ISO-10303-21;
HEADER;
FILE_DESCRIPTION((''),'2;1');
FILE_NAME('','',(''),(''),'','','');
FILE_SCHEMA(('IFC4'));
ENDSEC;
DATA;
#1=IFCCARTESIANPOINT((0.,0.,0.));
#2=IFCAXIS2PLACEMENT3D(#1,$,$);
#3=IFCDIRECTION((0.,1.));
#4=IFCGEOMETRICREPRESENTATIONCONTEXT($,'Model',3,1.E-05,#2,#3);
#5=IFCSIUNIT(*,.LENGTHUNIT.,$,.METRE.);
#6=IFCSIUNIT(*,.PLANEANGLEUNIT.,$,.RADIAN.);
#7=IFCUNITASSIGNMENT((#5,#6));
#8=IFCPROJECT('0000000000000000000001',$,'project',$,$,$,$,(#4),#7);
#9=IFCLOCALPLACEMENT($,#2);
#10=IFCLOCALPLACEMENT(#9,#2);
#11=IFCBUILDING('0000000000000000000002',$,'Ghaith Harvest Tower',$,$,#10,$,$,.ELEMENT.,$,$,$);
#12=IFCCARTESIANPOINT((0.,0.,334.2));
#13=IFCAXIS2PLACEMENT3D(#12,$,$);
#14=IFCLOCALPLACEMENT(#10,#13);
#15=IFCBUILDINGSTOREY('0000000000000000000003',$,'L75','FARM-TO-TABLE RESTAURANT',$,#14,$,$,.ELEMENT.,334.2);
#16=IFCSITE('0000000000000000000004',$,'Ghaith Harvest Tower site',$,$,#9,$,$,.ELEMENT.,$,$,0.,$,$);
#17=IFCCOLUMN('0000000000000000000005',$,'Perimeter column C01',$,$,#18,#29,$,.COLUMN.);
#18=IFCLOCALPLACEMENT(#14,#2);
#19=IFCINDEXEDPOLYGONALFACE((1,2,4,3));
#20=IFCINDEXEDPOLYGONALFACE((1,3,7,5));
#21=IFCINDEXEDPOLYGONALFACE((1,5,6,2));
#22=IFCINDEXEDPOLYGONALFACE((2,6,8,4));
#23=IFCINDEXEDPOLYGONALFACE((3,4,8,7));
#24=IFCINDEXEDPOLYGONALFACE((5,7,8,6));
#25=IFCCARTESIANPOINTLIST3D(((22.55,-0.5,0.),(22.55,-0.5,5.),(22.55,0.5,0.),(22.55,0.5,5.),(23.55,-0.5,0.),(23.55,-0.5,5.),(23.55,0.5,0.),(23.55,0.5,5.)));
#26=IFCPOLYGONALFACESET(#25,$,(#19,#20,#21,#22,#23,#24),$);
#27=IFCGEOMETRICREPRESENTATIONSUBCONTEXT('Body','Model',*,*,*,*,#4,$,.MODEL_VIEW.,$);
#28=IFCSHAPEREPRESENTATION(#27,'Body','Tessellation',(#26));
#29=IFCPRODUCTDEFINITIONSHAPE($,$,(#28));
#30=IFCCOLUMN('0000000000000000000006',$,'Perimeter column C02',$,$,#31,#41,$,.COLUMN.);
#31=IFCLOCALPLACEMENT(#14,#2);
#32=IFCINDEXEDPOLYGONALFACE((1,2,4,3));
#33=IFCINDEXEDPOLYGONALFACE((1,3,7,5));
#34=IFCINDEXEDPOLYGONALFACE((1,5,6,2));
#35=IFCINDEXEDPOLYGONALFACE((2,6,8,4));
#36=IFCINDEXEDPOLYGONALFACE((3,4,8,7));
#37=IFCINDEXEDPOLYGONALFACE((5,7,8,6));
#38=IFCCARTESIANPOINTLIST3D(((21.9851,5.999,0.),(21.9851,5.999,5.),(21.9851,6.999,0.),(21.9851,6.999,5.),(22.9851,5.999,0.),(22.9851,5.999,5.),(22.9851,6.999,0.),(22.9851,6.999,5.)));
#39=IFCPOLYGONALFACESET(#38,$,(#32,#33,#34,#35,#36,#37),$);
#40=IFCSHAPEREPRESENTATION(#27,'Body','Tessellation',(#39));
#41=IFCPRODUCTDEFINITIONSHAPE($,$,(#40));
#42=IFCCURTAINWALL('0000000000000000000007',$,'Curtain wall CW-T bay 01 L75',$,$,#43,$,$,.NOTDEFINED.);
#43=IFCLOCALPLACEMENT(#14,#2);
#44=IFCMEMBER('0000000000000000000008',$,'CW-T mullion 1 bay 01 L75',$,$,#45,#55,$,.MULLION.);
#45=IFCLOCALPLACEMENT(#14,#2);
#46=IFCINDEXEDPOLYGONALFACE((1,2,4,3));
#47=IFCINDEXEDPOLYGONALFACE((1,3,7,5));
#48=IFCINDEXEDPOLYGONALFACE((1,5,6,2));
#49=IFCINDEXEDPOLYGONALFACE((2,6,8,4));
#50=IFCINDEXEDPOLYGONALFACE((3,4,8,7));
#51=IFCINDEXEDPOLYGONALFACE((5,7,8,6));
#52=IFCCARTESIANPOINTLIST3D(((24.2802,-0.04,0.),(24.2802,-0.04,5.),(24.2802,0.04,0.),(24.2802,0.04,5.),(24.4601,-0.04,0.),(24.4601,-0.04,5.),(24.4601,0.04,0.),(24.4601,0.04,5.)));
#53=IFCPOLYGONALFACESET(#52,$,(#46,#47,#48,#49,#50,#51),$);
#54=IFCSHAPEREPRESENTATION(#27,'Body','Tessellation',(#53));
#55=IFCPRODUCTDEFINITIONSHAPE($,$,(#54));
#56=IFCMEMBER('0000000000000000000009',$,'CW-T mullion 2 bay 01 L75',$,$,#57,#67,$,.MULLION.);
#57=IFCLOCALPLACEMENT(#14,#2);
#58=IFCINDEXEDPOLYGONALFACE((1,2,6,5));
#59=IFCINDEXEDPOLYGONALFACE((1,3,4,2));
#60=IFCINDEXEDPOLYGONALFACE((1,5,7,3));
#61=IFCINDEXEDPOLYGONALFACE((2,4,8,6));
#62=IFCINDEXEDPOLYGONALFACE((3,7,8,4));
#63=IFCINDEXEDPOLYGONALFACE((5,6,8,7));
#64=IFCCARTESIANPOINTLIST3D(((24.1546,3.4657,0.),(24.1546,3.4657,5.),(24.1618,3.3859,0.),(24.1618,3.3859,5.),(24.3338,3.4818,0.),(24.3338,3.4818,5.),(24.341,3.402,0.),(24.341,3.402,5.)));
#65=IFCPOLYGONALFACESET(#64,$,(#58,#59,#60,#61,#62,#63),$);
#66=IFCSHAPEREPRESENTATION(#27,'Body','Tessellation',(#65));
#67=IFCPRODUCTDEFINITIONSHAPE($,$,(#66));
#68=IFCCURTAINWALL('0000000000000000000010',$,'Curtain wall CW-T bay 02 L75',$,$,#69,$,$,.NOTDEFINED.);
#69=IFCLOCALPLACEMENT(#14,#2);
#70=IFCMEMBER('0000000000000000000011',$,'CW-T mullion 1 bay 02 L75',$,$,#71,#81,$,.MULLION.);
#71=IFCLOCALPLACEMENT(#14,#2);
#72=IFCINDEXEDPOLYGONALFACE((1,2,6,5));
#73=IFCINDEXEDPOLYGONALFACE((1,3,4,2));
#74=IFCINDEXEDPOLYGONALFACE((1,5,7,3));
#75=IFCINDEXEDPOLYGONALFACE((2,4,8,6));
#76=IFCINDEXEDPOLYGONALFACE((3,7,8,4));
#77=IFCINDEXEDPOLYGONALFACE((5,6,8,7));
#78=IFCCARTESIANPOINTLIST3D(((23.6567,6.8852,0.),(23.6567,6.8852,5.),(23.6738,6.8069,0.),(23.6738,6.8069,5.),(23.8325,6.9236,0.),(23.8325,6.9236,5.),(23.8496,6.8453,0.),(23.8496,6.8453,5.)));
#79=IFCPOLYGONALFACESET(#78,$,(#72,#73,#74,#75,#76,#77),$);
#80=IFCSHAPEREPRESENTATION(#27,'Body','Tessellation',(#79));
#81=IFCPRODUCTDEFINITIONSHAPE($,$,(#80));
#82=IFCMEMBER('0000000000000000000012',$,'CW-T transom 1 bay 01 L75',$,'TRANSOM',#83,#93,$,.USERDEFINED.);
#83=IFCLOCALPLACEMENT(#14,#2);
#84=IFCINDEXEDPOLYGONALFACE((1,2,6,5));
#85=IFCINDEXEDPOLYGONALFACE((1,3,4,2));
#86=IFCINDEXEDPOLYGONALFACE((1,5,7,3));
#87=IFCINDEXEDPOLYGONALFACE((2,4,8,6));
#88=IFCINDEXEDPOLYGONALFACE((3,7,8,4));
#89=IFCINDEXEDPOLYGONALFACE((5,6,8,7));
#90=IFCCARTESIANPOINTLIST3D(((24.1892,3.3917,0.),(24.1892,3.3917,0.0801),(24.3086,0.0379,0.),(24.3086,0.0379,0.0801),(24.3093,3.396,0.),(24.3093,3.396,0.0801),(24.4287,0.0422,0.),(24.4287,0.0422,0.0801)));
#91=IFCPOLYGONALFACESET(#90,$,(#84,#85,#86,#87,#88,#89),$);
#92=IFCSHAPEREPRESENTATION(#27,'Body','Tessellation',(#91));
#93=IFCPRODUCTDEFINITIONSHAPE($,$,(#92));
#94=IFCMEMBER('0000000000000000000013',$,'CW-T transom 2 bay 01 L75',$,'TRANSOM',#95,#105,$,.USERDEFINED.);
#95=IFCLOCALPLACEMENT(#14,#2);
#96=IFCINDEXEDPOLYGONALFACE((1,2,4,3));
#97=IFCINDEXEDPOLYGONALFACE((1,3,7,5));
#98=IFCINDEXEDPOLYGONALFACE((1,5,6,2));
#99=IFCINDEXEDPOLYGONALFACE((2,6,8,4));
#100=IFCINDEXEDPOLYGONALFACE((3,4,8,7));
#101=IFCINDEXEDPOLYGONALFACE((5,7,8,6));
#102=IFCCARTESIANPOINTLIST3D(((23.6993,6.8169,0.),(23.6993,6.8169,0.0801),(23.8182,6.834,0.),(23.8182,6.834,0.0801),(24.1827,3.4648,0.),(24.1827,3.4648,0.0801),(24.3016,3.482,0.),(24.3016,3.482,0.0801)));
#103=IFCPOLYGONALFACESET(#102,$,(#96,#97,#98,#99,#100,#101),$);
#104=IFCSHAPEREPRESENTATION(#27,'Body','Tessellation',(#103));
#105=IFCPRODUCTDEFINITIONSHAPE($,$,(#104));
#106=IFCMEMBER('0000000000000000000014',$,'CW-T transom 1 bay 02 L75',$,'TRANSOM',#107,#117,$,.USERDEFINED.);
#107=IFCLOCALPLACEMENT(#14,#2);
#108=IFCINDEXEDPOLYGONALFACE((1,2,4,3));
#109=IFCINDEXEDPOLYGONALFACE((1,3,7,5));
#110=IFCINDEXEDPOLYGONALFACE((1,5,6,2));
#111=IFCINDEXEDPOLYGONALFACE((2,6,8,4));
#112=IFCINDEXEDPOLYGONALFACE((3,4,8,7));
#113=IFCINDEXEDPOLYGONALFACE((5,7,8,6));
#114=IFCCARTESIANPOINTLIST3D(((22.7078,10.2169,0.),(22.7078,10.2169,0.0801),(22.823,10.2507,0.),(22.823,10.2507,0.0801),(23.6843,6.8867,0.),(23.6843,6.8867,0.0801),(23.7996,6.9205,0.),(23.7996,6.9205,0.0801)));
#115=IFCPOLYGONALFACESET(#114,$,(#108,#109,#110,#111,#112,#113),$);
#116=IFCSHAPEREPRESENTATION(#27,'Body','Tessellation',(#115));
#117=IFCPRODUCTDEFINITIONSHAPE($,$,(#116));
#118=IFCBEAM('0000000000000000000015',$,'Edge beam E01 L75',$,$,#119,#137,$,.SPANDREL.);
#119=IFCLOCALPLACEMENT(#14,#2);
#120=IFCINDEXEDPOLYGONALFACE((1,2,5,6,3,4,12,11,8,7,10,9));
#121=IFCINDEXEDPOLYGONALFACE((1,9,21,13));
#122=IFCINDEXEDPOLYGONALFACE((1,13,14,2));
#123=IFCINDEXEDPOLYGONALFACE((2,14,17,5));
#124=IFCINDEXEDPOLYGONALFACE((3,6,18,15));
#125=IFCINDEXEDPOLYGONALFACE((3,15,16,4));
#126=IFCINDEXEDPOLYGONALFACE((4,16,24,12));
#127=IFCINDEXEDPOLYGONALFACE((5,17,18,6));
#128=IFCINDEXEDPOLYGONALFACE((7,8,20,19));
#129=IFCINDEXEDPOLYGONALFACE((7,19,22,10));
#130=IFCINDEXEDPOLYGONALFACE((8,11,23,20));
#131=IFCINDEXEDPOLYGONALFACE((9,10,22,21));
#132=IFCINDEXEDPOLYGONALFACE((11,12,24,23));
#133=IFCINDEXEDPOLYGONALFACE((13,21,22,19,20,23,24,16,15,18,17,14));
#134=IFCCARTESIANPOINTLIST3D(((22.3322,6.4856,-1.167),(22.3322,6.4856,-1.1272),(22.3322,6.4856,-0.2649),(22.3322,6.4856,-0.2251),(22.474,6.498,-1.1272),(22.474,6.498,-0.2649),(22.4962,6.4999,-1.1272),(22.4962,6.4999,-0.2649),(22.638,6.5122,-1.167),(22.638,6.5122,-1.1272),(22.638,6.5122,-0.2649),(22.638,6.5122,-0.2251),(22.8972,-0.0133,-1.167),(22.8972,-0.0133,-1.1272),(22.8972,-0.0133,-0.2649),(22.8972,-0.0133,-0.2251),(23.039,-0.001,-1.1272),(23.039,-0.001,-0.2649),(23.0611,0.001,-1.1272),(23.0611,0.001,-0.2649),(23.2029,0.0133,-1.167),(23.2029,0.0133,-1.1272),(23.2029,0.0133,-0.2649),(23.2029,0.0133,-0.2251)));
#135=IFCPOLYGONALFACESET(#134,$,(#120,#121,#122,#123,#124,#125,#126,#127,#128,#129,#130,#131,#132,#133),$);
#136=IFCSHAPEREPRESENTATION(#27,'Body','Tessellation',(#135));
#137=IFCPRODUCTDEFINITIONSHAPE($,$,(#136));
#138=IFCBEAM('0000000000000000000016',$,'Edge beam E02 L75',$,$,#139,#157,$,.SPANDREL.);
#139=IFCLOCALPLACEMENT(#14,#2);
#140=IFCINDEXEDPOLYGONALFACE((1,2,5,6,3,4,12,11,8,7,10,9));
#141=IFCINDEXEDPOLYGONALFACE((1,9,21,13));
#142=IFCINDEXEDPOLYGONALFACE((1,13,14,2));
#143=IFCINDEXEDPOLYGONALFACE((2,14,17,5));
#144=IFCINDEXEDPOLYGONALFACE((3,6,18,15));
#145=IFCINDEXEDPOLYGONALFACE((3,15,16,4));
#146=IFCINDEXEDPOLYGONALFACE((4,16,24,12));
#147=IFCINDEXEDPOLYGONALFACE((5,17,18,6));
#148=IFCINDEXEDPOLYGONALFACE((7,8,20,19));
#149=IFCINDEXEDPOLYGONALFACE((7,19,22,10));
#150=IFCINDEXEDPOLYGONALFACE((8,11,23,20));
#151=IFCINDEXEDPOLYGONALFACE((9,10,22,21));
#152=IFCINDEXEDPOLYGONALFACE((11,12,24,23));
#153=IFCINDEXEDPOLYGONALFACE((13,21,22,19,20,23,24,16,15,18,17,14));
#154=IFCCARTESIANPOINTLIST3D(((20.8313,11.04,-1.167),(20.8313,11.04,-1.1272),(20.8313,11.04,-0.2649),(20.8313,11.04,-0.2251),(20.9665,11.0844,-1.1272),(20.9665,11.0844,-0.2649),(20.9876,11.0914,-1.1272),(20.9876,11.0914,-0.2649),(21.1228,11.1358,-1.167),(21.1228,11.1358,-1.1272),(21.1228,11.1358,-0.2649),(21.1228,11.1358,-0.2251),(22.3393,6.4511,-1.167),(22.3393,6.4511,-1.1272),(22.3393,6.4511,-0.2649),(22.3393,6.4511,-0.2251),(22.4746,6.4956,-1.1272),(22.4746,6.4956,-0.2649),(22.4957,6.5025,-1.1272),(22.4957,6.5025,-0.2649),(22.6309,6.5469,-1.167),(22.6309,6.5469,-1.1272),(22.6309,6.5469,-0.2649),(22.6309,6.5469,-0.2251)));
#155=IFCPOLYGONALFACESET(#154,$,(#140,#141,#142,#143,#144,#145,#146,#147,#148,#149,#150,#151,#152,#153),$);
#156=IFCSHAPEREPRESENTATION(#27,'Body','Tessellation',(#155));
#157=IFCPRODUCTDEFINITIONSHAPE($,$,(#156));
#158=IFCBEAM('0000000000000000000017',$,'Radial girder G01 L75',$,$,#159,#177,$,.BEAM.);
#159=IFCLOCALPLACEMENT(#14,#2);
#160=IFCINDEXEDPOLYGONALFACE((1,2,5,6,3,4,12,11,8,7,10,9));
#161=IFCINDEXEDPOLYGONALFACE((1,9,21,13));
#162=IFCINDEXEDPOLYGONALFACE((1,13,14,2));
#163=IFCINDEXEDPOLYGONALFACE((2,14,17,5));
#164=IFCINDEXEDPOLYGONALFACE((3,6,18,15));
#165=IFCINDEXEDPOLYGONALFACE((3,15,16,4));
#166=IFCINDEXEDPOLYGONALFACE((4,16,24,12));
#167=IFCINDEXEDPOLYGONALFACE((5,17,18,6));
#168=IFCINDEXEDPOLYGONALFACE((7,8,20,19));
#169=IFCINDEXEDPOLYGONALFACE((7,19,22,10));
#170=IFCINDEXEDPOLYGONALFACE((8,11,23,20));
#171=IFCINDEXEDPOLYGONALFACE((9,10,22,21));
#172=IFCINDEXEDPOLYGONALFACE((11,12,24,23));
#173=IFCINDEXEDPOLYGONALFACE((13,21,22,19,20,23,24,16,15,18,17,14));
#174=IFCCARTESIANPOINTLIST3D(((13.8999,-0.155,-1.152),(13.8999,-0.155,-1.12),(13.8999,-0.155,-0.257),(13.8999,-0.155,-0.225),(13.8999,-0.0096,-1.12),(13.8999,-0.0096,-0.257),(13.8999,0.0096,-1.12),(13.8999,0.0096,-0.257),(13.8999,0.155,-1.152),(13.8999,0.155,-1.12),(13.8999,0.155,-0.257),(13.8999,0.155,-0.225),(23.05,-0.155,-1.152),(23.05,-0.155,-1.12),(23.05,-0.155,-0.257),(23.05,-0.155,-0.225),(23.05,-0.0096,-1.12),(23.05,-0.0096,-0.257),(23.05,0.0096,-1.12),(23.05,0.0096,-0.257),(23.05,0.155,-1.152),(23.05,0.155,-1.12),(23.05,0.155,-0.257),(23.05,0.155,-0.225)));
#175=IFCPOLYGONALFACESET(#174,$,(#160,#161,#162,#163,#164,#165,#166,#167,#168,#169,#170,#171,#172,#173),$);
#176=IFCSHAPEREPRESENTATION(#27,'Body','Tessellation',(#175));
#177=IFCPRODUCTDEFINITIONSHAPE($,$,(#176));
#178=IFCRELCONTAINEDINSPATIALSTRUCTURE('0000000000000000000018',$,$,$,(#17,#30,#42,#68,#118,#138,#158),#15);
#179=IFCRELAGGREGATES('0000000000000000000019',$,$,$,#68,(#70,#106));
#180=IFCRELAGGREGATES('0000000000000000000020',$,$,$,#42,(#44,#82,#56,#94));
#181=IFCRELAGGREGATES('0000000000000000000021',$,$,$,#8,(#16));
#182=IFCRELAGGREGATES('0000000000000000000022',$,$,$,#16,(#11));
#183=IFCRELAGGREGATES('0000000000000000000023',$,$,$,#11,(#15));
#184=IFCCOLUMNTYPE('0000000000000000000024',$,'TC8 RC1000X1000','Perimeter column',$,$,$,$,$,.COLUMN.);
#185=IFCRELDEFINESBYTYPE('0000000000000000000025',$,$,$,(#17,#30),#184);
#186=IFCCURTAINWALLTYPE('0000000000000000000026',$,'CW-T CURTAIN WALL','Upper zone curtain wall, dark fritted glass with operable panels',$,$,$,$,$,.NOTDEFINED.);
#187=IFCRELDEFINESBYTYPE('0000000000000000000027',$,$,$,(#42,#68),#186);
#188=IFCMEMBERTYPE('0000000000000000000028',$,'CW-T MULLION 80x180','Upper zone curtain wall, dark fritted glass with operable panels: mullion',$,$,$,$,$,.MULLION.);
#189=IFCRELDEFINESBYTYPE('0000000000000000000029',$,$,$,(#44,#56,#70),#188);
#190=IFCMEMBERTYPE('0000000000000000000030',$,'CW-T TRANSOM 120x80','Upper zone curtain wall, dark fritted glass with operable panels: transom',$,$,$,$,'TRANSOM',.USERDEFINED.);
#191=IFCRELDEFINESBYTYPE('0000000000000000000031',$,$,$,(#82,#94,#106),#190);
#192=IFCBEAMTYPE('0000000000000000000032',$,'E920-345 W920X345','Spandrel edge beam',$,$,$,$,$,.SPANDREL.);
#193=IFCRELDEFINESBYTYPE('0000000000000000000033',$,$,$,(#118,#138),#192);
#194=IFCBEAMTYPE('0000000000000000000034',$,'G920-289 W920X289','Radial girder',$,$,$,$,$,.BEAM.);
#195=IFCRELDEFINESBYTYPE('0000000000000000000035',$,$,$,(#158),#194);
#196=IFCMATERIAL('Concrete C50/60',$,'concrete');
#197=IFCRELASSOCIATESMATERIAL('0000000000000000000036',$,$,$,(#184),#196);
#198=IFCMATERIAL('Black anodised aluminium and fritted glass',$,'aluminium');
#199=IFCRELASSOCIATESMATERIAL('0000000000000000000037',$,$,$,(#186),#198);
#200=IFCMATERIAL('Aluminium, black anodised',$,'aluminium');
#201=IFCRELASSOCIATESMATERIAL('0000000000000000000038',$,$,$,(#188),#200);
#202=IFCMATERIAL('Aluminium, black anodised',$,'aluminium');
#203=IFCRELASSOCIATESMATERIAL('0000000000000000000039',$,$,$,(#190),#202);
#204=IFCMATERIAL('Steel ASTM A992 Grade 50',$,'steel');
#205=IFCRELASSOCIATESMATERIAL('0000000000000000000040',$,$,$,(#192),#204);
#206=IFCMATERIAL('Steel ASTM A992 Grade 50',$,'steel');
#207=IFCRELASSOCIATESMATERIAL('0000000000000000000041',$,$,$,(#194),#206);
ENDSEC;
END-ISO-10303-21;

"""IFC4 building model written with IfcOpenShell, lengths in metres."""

from ifc_helpers import new_model, si_unit, direction, frame, origin, origin_2d, place, context, subcontext, project, spatial, rectangle, i_section, extrude, material, material_profile, profile_set, type_object, element, aggregate, save


model = new_model("IFC4")

# Units and contexts
model_context = context("Model", 3, precision=1e-05, world=origin(), true_north=direction((0.0, 1.0)))
body_context = subcontext(model_context, "Body", "Model", "MODEL_VIEW")
ifc_project = project(units=[si_unit("LENGTHUNIT", "METRE"), si_unit("PLANEANGLEUNIT", "RADIAN")], contexts=[model_context])

# Site, building, storey
site_placement = place(None, origin())
site = spatial("IfcSite", under=ifc_project, at=site_placement, Name="Ghaith Harvest Tower site", CompositionType="ELEMENT", RefElevation=0.0)
building_placement = place(site_placement, origin())
building = spatial("IfcBuilding", under=site, at=building_placement, Name="Ghaith Harvest Tower", CompositionType="ELEMENT")
storey_placement = place(building_placement, frame((0.0, 0.0, 334.2)))
storey = spatial("IfcBuildingStorey", under=building, at=storey_placement, Name="L75", Description="FARM-TO-TABLE RESTAURANT", CompositionType="ELEMENT", Elevation=334.2)

# Columns
ifc_material_1 = material(Name="Concrete C50/60", Category="concrete")
ifc_material_profile_1 = material_profile(ifc_material_1, rectangle(XDim=1.0, YDim=1.0, at=origin_2d()), Name="RC1000X1000")
ifc_profile_set_1 = profile_set([ifc_material_profile_1], Name="Concrete C50/60")
column_type = type_object("IfcColumnType", Name="TC8 RC1000X1000", Description="Perimeter column", PredefinedType="COLUMN", material=ifc_profile_set_1)
for number, where, z_axis, x_axis, name in (
    (1, (23.05, 0.0, 0.0), (0.0, 0.0, 1.0), (1.0, 0.0, 0.0), "Perimeter column C01"),
    (2, (22.4851, 6.499, 0.0), (0.0, 0.0, 1.0), (1.0, 0.0, 0.0), "Perimeter column C02"),
):
    element("IfcColumn", number, at=place(storey_placement, frame(where, z_axis=z_axis, x_axis=x_axis)), inside=storey, type_object=column_type, Name=name, PredefinedType="COLUMN", context=body_context, shape_type="SweptSolid", body=[
        extrude(rectangle(XDim=1.0, YDim=1.0, at=origin_2d()), origin(), (0.0, 0.0, 1.0), 5.0),
    ])

# Curtain wall, members
ifc_material_2 = material(Name="Black anodised aluminium and fritted glass", Category="aluminium")
curtain_wall_type = type_object("IfcCurtainWallType", Name="CW-T CURTAIN WALL", Description="Upper zone curtain wall, dark fritted glass with operable panels", PredefinedType="NOTDEFINED", material=ifc_material_2)
curtain_wall_1_placement = place(storey_placement, origin())
curtain_wall_1 = element("IfcCurtainWall", 3, at=curtain_wall_1_placement, inside=storey, type_object=curtain_wall_type, Name="Curtain wall CW-T bay 01 L75", PredefinedType="NOTDEFINED")
ifc_material_3 = material(Name="Aluminium, black anodised", Category="aluminium")
ifc_material_profile_2 = material_profile(ifc_material_3, rectangle(XDim=0.0801, YDim=0.1799, at=origin_2d()), Name="CW-T MULLION 80x180")
ifc_profile_set_2 = profile_set([ifc_material_profile_2], Name="Aluminium, black anodised")
member_type_1 = type_object("IfcMemberType", Name="CW-T MULLION 80x180", Description="Upper zone curtain wall, dark fritted glass with operable panels: mullion", PredefinedType="MULLION", material=ifc_profile_set_2)
member_1_placement = place(storey_placement, frame((24.3701, 0.0, 0.0), z_axis=(0.0, 0.0, 1.0), x_axis=(0.0, 1.0, 0.0)))
member_1 = element("IfcMember", 4, at=member_1_placement, type_object=member_type_1, Name="CW-T mullion 1 bay 01 L75", PredefinedType="MULLION", context=body_context, shape_type="SweptSolid", body=[
    extrude(rectangle(XDim=0.0801, YDim=0.1799, at=origin_2d()), origin(), (0.0, 0.0, 1.0), 5.0),
])
member_2_placement = place(storey_placement, frame((24.2478, 3.4338, 0.0), z_axis=(0.0, 0.0, 1.0), x_axis=(-0.089502, 0.995987, 0.0)))
member_2 = element("IfcMember", 5, at=member_2_placement, type_object=member_type_1, Name="CW-T mullion 2 bay 01 L75", PredefinedType="MULLION", context=body_context, shape_type="SweptSolid", body=[
    extrude(rectangle(XDim=0.0801, YDim=0.1799, at=origin_2d()), origin(), (0.0, 0.0, 1.0), 5.0),
])

# Curtain wall, member
curtain_wall_2_placement = place(storey_placement, origin())
curtain_wall_2 = element("IfcCurtainWall", 6, at=curtain_wall_2_placement, inside=storey, type_object=curtain_wall_type, Name="Curtain wall CW-T bay 02 L75", PredefinedType="NOTDEFINED")
member_3_placement = place(storey_placement, frame((23.7532, 6.8652, 0.0), z_axis=(0.0, 0.0, 1.0), x_axis=(-0.213402, 0.976964, 0.0)))
member_3 = element("IfcMember", 7, at=member_3_placement, type_object=member_type_1, Name="CW-T mullion 1 bay 02 L75", PredefinedType="MULLION", context=body_context, shape_type="SweptSolid", body=[
    extrude(rectangle(XDim=0.0801, YDim=0.1799, at=origin_2d()), origin(), (0.0, 0.0, 1.0), 5.0),
])

# Members
ifc_material_4 = material(Name="Aluminium, black anodised", Category="aluminium")
ifc_material_profile_3 = material_profile(ifc_material_4, rectangle(XDim=0.1201, YDim=0.0801, at=origin_2d()), Name="CW-T TRANSOM 120x80")
ifc_profile_set_3 = profile_set([ifc_material_profile_3], Name="Aluminium, black anodised")
member_type_2 = type_object("IfcMemberType", Name="CW-T TRANSOM 120x80", Description="Upper zone curtain wall, dark fritted glass with operable panels: transom", ElementType="TRANSOM", PredefinedType="USERDEFINED", material=ifc_profile_set_3)
member_4_placement = place(storey_placement, frame((24.3687, 0.04, 0.04), z_axis=(-0.035575, 0.999367, 0.0), x_axis=(-0.999367, -0.035575, 0.0)))
member_4 = element("IfcMember", 8, at=member_4_placement, type_object=member_type_2, Name="CW-T transom 1 bay 01 L75", ObjectType="TRANSOM", PredefinedType="USERDEFINED", context=body_context, shape_type="SweptSolid", body=[
    extrude(rectangle(XDim=0.1201, YDim=0.0801, at=origin_2d()), origin(), (0.0, 0.0, 1.0), 3.356),
])
member_5_placement = place(storey_placement, frame((24.2422, 3.4734, 0.04), z_axis=(-0.142733, 0.989761, 0.0), x_axis=(-0.989761, -0.142733, 0.0)))
member_5 = element("IfcMember", 9, at=member_5_placement, type_object=member_type_2, Name="CW-T transom 2 bay 01 L75", ObjectType="TRANSOM", PredefinedType="USERDEFINED", context=body_context, shape_type="SweptSolid", body=[
    extrude(rectangle(XDim=0.1201, YDim=0.0801, at=origin_2d()), origin(), (0.0, 0.0, 1.0), 3.3867),
])
member_6_placement = place(storey_placement, frame((23.7419, 6.9036, 0.04), z_axis=(-0.281385, 0.959595, 0.0), x_axis=(-0.959595, -0.281385, 0.0)))
member_6 = element("IfcMember", 10, at=member_6_placement, type_object=member_type_2, Name="CW-T transom 1 bay 02 L75", ObjectType="TRANSOM", PredefinedType="USERDEFINED", context=body_context, shape_type="SweptSolid", body=[
    extrude(rectangle(XDim=0.1201, YDim=0.0801, at=origin_2d()), origin(), (0.0, 0.0, 1.0), 3.4705),
])
aggregate(curtain_wall_2, [member_3, member_6])

# Beams
ifc_material_5 = material(Name="Steel ASTM A992 Grade 50", Category="steel")
ifc_material_profile_4 = material_profile(ifc_material_5, i_section(OverallWidth=0.3069, OverallDepth=0.9419, WebThickness=0.0222, FlangeThickness=0.0398, at=origin_2d()), Name="W920X345")
ifc_profile_set_4 = profile_set([ifc_material_profile_4], Name="Steel ASTM A992 Grade 50")
beam_type_1 = type_object("IfcBeamType", Name="E920-345 W920X345", Description="Spandrel edge beam", PredefinedType="SPANDREL", material=ifc_profile_set_4)
beam_1_placement = place(storey_placement, frame((23.05, 0.0, -0.696), z_axis=(-0.086601, 0.996243, 0.0), x_axis=(-0.996243, -0.086601, 0.0)))
element("IfcBeam", 11, at=beam_1_placement, inside=storey, type_object=beam_type_1, Name="Edge beam E01 L75", PredefinedType="SPANDREL", context=body_context, shape_type="SweptSolid", body=[
    extrude(i_section(OverallWidth=0.3069, OverallDepth=0.9419, WebThickness=0.0222, FlangeThickness=0.0398, at=origin_2d()), origin(), (0.0, 0.0, 1.0), 6.5234),
])
beam_2_placement = place(storey_placement, frame((22.4851, 6.499, -0.696), z_axis=(-0.312207, 0.950014, 0.0), x_axis=(-0.950014, -0.312207, 0.0)))
element("IfcBeam", 12, at=beam_2_placement, inside=storey, type_object=beam_type_1, Name="Edge beam E02 L75", PredefinedType="SPANDREL", context=body_context, shape_type="SweptSolid", body=[
    extrude(i_section(OverallWidth=0.3069, OverallDepth=0.9419, WebThickness=0.0222, FlangeThickness=0.0398, at=origin_2d()), origin(), (0.0, 0.0, 1.0), 4.8303),
])
ifc_material_6 = material(Name="Steel ASTM A992 Grade 50", Category="steel")
ifc_material_profile_5 = material_profile(ifc_material_6, i_section(OverallWidth=0.3101, OverallDepth=0.927, WebThickness=0.0193, FlangeThickness=0.032, at=origin_2d()), Name="W920X289")
ifc_profile_set_5 = profile_set([ifc_material_profile_5], Name="Steel ASTM A992 Grade 50")
beam_type_2 = type_object("IfcBeamType", Name="G920-289 W920X289", Description="Radial girder", PredefinedType="BEAM", material=ifc_profile_set_5)
beam_3_placement = place(storey_placement, frame((13.8999, 0.0, -0.6885), z_axis=(1.0, 0.0, 0.0), x_axis=(0.0, 1.0, 0.0)))
element("IfcBeam", 13, at=beam_3_placement, inside=storey, type_object=beam_type_2, Name="Radial girder G01 L75", PredefinedType="BEAM", context=body_context, shape_type="SweptSolid", body=[
    extrude(i_section(OverallWidth=0.3101, OverallDepth=0.927, WebThickness=0.0193, FlangeThickness=0.032, at=origin_2d()), origin(), (0.0, 0.0, 1.0), 9.1501),
])

aggregate(curtain_wall_1, [member_1, member_4, member_2, member_5])

save(model, "model.ifc")
